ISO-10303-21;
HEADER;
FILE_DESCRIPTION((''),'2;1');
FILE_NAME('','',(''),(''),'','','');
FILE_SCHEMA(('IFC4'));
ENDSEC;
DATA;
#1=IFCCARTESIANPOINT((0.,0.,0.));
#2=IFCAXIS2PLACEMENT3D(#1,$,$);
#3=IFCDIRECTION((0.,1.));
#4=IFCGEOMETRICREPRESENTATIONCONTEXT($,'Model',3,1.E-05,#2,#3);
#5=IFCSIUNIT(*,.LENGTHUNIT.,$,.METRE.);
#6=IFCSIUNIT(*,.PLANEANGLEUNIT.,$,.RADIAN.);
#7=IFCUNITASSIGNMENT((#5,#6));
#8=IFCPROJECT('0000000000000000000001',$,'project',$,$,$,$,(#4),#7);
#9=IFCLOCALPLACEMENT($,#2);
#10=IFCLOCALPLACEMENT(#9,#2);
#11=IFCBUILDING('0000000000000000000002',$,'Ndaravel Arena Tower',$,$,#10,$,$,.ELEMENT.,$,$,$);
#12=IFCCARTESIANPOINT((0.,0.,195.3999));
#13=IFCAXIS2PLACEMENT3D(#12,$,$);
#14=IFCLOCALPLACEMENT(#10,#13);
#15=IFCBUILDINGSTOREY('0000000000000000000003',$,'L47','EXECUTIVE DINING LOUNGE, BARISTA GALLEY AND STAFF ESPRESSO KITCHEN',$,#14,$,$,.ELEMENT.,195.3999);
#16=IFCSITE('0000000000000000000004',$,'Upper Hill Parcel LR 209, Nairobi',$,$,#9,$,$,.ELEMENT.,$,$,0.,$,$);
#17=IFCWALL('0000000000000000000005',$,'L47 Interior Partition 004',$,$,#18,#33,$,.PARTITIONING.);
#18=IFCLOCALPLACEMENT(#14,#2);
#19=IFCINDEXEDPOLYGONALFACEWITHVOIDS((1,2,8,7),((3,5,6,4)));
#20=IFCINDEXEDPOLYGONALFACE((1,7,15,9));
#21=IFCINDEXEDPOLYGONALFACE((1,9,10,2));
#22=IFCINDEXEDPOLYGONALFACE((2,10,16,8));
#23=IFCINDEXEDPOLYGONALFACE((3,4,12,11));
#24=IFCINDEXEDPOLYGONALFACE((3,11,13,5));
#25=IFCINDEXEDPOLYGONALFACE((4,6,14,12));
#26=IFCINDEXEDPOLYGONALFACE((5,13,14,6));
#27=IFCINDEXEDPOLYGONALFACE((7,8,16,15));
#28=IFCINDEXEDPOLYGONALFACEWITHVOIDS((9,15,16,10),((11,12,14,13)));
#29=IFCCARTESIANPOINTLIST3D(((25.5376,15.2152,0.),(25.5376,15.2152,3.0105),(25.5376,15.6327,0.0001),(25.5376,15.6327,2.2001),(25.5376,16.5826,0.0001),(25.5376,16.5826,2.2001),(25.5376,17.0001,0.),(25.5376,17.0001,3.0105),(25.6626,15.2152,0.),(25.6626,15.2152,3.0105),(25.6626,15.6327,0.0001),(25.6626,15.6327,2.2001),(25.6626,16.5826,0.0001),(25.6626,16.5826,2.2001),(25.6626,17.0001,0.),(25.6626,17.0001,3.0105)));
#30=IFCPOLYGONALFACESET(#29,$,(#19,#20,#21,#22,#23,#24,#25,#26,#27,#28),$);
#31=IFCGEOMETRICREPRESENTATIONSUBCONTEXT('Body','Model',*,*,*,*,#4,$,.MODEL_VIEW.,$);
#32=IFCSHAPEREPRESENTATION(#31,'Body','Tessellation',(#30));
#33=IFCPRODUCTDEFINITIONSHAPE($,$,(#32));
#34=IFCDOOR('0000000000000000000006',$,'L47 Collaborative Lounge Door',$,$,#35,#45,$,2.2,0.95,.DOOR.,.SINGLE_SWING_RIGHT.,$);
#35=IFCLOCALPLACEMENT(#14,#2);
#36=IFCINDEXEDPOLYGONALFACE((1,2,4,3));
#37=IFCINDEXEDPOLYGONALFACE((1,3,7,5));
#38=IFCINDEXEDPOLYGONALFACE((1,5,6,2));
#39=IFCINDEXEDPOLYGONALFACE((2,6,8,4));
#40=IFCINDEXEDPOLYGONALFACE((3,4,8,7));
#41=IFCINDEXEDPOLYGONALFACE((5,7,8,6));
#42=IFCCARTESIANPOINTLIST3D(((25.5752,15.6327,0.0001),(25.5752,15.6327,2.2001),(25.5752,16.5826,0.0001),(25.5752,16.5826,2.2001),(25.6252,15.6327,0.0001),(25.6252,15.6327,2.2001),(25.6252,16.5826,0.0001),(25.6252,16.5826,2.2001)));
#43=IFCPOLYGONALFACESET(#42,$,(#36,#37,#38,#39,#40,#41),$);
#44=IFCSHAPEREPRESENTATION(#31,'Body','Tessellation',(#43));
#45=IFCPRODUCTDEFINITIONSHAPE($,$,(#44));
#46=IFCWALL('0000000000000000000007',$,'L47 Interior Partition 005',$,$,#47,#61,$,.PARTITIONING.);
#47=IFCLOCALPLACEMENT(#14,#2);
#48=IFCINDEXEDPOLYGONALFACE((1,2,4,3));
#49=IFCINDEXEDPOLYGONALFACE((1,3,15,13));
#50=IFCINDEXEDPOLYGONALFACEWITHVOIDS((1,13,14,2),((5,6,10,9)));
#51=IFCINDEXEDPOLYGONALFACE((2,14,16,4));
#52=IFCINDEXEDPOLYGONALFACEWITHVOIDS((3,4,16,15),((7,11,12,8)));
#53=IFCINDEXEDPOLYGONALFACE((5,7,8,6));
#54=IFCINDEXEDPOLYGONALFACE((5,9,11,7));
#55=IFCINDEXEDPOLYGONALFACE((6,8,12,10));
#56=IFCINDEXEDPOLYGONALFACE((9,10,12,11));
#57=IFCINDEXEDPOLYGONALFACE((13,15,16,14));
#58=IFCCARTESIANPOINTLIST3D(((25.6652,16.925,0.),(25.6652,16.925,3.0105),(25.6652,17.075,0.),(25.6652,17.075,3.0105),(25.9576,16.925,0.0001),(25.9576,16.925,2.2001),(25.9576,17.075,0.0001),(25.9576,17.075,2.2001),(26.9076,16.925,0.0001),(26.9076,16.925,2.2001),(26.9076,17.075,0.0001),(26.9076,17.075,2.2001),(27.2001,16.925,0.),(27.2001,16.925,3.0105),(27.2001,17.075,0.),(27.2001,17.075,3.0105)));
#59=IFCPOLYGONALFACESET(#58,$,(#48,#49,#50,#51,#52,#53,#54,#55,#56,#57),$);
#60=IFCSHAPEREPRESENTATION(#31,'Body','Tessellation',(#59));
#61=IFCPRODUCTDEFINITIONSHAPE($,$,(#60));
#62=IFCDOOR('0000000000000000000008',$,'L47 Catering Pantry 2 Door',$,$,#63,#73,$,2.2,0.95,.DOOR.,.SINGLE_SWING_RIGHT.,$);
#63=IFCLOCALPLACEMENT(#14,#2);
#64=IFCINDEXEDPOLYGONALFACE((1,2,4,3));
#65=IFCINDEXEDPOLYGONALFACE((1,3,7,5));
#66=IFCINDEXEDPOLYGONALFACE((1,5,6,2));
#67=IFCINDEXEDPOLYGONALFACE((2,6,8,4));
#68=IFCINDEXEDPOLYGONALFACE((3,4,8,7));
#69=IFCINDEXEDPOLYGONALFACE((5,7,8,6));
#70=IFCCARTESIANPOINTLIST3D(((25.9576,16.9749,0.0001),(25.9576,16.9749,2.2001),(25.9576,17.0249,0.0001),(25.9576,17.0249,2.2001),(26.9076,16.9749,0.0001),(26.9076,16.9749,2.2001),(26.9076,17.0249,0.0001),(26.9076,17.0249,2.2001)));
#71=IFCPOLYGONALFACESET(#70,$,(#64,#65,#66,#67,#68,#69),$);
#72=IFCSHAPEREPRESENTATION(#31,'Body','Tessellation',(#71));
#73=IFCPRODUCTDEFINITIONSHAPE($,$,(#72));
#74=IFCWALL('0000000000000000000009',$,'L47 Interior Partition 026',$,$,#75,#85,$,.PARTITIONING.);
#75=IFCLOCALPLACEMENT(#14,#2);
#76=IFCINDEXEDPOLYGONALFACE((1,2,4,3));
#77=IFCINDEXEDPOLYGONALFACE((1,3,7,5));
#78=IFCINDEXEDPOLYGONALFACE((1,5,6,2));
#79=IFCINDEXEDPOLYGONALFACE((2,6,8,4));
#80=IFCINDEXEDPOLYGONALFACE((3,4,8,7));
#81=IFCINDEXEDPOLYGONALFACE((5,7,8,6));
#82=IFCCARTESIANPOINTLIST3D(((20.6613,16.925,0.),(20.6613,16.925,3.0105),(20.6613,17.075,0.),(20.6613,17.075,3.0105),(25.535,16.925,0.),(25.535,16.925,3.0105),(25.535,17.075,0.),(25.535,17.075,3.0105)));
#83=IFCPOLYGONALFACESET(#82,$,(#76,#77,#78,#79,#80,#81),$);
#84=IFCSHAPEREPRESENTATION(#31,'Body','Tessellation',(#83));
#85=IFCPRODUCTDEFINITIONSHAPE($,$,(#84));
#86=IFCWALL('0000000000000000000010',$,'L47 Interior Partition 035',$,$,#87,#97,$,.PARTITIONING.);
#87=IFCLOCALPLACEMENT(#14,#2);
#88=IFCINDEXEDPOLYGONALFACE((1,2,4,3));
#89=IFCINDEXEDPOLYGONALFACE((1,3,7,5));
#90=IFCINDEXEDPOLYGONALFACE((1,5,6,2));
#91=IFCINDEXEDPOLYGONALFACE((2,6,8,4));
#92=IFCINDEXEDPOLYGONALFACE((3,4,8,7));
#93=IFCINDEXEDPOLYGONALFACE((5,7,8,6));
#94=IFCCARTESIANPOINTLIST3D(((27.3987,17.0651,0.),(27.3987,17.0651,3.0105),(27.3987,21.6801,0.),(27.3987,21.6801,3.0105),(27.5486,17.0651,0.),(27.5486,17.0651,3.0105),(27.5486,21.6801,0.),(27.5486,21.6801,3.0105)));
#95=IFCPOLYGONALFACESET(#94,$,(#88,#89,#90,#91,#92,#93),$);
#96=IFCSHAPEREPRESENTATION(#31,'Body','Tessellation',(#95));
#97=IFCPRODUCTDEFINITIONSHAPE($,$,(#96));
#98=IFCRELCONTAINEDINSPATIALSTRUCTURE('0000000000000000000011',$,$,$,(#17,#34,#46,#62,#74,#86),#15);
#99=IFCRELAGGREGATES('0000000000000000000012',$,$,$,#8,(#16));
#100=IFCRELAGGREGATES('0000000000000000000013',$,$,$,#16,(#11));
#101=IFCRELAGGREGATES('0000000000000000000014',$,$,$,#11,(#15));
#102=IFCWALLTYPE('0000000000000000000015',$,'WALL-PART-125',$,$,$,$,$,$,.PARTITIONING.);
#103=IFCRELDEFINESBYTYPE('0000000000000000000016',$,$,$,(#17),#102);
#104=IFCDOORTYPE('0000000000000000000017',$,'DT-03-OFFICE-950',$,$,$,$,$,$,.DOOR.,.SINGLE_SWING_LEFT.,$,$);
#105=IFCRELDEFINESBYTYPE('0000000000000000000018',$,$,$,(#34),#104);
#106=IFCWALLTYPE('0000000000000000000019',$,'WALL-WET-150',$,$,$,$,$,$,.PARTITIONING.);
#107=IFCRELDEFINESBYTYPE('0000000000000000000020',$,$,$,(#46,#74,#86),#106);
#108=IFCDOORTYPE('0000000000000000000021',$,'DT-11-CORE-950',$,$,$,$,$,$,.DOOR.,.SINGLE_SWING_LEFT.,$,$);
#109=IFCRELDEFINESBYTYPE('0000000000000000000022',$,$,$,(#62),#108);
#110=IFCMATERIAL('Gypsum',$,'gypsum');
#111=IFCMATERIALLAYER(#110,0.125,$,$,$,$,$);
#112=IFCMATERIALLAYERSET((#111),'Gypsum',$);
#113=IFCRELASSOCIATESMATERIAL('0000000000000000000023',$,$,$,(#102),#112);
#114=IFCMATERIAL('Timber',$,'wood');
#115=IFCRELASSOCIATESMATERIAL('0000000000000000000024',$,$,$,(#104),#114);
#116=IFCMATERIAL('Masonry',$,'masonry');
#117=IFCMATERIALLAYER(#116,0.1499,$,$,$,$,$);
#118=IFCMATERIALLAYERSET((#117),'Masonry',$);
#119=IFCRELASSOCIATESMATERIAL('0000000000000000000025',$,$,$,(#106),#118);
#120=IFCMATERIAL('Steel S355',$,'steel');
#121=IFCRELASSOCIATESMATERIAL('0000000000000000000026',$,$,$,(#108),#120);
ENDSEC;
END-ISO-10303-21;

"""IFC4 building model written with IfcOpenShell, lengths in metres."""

from ifc_helpers import new_model, si_unit, direction, frame, frame_2d, origin, place, context, subcontext, project, spatial, rectangle, extrude, material, layer, layer_set, type_object, element, fill, save


model = new_model("IFC4")

# Units and contexts
model_context = context("Model", 3, precision=1e-05, world=origin(), true_north=direction((0.0, 1.0)))
body_context = subcontext(model_context, "Body", "Model", "MODEL_VIEW")
ifc_project = project(units=[si_unit("LENGTHUNIT", "METRE"), si_unit("PLANEANGLEUNIT", "RADIAN")], contexts=[model_context])

# Site, building, storey
site_placement = place(None, origin())
site = spatial("IfcSite", under=ifc_project, at=site_placement, Name="Upper Hill Parcel LR 209, Nairobi", CompositionType="ELEMENT", RefElevation=0.0)
building_placement = place(site_placement, origin())
building = spatial("IfcBuilding", under=site, at=building_placement, Name="Ndaravel Arena Tower", CompositionType="ELEMENT")
storey_placement = place(building_placement, frame((0.0, 0.0, 195.3999)))
storey = spatial("IfcBuildingStorey", under=building, at=storey_placement, Name="L47", Description="EXECUTIVE DINING LOUNGE, BARISTA GALLEY AND STAFF ESPRESSO KITCHEN", CompositionType="ELEMENT", Elevation=195.3999)

# Shared definitions
ifc_material_1 = material(Name="Gypsum", Category="gypsum")
ifc_layer_1 = layer(ifc_material_1, 0.125)
ifc_layer_set_1 = layer_set([ifc_layer_1], Name="Gypsum")
wall_type_1 = type_object("IfcWallType", Name="WALL-PART-125", PredefinedType="PARTITIONING", material=ifc_layer_set_1)

# Walls, openings, doors
wall_1_placement = place(storey_placement, frame((25.6001, 15.2151, 0.0), z_axis=(0.0, 0.0, 1.0), x_axis=(0.0, 1.0, 0.0)))
wall_1 = element("IfcWall", 1, at=wall_1_placement, inside=storey, type_object=wall_type_1, Name="L47 Interior Partition 004", PredefinedType="PARTITIONING", context=body_context, shape_type="SweptSolid", body=[
    extrude(rectangle(XDim=1.7849, YDim=0.125, at=frame_2d((0.8926, 0.0))), origin(), (0.0, 0.0, 1.0), 3.0105),
])
opening_1_placement = place(wall_1_placement, frame((0.4175, 0.0, 0.0)))
opening_1 = element("IfcOpeningElement", 2, at=opening_1_placement, cuts=wall_1, PredefinedType="OPENING", context=body_context, shape_type="SweptSolid", body=[
    extrude(rectangle(XDim=0.95, YDim=2.2, at=frame_2d((0.4751, 1.1001))), frame((0.0, 0.0625, 0.0), z_axis=(0.0, -1.0, 0.0), x_axis=(1.0, 0.0, 0.0)), (0.0, 0.0, 1.0), 0.125),
])
ifc_material_2 = material(Name="Timber", Category="wood")
door_type_1 = type_object("IfcDoorType", Name="DT-03-OFFICE-950", OperationType="SINGLE_SWING_LEFT", PredefinedType="DOOR", material=ifc_material_2)
door_1_placement = place(opening_1_placement, origin())
door_1 = element("IfcDoor", 3, at=door_1_placement, inside=storey, type_object=door_type_1, Name="L47 Collaborative Lounge Door", OperationType="SINGLE_SWING_RIGHT", OverallHeight=2.2, OverallWidth=0.95, PredefinedType="DOOR", context=body_context, shape_type="SweptSolid", body=[
    extrude(rectangle(XDim=0.95, YDim=2.2, at=frame_2d((0.4751, 1.1001))), frame((0.0, 0.0249, 0.0), z_axis=(0.0, -1.0, 0.0), x_axis=(1.0, 0.0, 0.0)), (0.0, 0.0, 1.0), 0.05),
])
fill(opening_1, door_1)
ifc_material_3 = material(Name="Masonry", Category="masonry")
ifc_layer_2 = layer(ifc_material_3, 0.1499)
ifc_layer_set_2 = layer_set([ifc_layer_2], Name="Masonry")
wall_type_2 = type_object("IfcWallType", Name="WALL-WET-150", PredefinedType="PARTITIONING", material=ifc_layer_set_2)
wall_2_placement = place(storey_placement, frame((25.665, 17.0, 0.0), z_axis=(0.0, 0.0, 1.0), x_axis=(1.0, 0.0, 0.0)))
wall_2 = element("IfcWall", 4, at=wall_2_placement, inside=storey, type_object=wall_type_2, Name="L47 Interior Partition 005", PredefinedType="PARTITIONING", context=body_context, shape_type="SweptSolid", body=[
    extrude(rectangle(XDim=1.5349, YDim=0.1499, at=frame_2d((0.7676, 0.0))), origin(), (0.0, 0.0, 1.0), 3.0105),
])
opening_2_placement = place(wall_2_placement, frame((0.2925, 0.0, 0.0)))
opening_2 = element("IfcOpeningElement", 5, at=opening_2_placement, cuts=wall_2, PredefinedType="OPENING", context=body_context, shape_type="SweptSolid", body=[
    extrude(rectangle(XDim=0.95, YDim=2.2, at=frame_2d((0.4751, 1.1001))), frame((0.0, 0.075, 0.0), z_axis=(0.0, -1.0, 0.0), x_axis=(1.0, 0.0, 0.0)), (0.0, 0.0, 1.0), 0.1499),
])
ifc_material_4 = material(Name="Steel S355", Category="steel")
door_type_2 = type_object("IfcDoorType", Name="DT-11-CORE-950", OperationType="SINGLE_SWING_LEFT", PredefinedType="DOOR", material=ifc_material_4)
door_2_placement = place(opening_2_placement, origin())
door_2 = element("IfcDoor", 6, at=door_2_placement, inside=storey, type_object=door_type_2, Name="L47 Catering Pantry 2 Door", OperationType="SINGLE_SWING_RIGHT", OverallHeight=2.2, OverallWidth=0.95, PredefinedType="DOOR", context=body_context, shape_type="SweptSolid", body=[
    extrude(rectangle(XDim=0.95, YDim=2.2, at=frame_2d((0.4751, 1.1001))), frame((0.0, 0.0249, 0.0), z_axis=(0.0, -1.0, 0.0), x_axis=(1.0, 0.0, 0.0)), (0.0, 0.0, 1.0), 0.05),
])
fill(opening_2, door_2)

# Walls
wall_3_placement = place(storey_placement, frame((20.6611, 17.0, 0.0), z_axis=(0.0, 0.0, 1.0), x_axis=(1.0, 0.0, 0.0)))
element("IfcWall", 7, at=wall_3_placement, inside=storey, type_object=wall_type_2, Name="L47 Interior Partition 026", PredefinedType="PARTITIONING", context=body_context, shape_type="SweptSolid", body=[
    extrude(rectangle(XDim=4.8738, YDim=0.1499, at=frame_2d((2.437, 0.0))), origin(), (0.0, 0.0, 1.0), 3.0105),
])
wall_4_placement = place(storey_placement, frame((27.4736, 17.0649, 0.0), z_axis=(0.0, 0.0, 1.0), x_axis=(0.0, 1.0, 0.0)))
element("IfcWall", 8, at=wall_4_placement, inside=storey, type_object=wall_type_2, Name="L47 Interior Partition 035", PredefinedType="PARTITIONING", context=body_context, shape_type="SweptSolid", body=[
    extrude(rectangle(XDim=4.615, YDim=0.1499, at=frame_2d((2.3076, 0.0))), origin(), (0.0, 0.0, 1.0), 3.0105),
])

save(model, "model.ifc")
